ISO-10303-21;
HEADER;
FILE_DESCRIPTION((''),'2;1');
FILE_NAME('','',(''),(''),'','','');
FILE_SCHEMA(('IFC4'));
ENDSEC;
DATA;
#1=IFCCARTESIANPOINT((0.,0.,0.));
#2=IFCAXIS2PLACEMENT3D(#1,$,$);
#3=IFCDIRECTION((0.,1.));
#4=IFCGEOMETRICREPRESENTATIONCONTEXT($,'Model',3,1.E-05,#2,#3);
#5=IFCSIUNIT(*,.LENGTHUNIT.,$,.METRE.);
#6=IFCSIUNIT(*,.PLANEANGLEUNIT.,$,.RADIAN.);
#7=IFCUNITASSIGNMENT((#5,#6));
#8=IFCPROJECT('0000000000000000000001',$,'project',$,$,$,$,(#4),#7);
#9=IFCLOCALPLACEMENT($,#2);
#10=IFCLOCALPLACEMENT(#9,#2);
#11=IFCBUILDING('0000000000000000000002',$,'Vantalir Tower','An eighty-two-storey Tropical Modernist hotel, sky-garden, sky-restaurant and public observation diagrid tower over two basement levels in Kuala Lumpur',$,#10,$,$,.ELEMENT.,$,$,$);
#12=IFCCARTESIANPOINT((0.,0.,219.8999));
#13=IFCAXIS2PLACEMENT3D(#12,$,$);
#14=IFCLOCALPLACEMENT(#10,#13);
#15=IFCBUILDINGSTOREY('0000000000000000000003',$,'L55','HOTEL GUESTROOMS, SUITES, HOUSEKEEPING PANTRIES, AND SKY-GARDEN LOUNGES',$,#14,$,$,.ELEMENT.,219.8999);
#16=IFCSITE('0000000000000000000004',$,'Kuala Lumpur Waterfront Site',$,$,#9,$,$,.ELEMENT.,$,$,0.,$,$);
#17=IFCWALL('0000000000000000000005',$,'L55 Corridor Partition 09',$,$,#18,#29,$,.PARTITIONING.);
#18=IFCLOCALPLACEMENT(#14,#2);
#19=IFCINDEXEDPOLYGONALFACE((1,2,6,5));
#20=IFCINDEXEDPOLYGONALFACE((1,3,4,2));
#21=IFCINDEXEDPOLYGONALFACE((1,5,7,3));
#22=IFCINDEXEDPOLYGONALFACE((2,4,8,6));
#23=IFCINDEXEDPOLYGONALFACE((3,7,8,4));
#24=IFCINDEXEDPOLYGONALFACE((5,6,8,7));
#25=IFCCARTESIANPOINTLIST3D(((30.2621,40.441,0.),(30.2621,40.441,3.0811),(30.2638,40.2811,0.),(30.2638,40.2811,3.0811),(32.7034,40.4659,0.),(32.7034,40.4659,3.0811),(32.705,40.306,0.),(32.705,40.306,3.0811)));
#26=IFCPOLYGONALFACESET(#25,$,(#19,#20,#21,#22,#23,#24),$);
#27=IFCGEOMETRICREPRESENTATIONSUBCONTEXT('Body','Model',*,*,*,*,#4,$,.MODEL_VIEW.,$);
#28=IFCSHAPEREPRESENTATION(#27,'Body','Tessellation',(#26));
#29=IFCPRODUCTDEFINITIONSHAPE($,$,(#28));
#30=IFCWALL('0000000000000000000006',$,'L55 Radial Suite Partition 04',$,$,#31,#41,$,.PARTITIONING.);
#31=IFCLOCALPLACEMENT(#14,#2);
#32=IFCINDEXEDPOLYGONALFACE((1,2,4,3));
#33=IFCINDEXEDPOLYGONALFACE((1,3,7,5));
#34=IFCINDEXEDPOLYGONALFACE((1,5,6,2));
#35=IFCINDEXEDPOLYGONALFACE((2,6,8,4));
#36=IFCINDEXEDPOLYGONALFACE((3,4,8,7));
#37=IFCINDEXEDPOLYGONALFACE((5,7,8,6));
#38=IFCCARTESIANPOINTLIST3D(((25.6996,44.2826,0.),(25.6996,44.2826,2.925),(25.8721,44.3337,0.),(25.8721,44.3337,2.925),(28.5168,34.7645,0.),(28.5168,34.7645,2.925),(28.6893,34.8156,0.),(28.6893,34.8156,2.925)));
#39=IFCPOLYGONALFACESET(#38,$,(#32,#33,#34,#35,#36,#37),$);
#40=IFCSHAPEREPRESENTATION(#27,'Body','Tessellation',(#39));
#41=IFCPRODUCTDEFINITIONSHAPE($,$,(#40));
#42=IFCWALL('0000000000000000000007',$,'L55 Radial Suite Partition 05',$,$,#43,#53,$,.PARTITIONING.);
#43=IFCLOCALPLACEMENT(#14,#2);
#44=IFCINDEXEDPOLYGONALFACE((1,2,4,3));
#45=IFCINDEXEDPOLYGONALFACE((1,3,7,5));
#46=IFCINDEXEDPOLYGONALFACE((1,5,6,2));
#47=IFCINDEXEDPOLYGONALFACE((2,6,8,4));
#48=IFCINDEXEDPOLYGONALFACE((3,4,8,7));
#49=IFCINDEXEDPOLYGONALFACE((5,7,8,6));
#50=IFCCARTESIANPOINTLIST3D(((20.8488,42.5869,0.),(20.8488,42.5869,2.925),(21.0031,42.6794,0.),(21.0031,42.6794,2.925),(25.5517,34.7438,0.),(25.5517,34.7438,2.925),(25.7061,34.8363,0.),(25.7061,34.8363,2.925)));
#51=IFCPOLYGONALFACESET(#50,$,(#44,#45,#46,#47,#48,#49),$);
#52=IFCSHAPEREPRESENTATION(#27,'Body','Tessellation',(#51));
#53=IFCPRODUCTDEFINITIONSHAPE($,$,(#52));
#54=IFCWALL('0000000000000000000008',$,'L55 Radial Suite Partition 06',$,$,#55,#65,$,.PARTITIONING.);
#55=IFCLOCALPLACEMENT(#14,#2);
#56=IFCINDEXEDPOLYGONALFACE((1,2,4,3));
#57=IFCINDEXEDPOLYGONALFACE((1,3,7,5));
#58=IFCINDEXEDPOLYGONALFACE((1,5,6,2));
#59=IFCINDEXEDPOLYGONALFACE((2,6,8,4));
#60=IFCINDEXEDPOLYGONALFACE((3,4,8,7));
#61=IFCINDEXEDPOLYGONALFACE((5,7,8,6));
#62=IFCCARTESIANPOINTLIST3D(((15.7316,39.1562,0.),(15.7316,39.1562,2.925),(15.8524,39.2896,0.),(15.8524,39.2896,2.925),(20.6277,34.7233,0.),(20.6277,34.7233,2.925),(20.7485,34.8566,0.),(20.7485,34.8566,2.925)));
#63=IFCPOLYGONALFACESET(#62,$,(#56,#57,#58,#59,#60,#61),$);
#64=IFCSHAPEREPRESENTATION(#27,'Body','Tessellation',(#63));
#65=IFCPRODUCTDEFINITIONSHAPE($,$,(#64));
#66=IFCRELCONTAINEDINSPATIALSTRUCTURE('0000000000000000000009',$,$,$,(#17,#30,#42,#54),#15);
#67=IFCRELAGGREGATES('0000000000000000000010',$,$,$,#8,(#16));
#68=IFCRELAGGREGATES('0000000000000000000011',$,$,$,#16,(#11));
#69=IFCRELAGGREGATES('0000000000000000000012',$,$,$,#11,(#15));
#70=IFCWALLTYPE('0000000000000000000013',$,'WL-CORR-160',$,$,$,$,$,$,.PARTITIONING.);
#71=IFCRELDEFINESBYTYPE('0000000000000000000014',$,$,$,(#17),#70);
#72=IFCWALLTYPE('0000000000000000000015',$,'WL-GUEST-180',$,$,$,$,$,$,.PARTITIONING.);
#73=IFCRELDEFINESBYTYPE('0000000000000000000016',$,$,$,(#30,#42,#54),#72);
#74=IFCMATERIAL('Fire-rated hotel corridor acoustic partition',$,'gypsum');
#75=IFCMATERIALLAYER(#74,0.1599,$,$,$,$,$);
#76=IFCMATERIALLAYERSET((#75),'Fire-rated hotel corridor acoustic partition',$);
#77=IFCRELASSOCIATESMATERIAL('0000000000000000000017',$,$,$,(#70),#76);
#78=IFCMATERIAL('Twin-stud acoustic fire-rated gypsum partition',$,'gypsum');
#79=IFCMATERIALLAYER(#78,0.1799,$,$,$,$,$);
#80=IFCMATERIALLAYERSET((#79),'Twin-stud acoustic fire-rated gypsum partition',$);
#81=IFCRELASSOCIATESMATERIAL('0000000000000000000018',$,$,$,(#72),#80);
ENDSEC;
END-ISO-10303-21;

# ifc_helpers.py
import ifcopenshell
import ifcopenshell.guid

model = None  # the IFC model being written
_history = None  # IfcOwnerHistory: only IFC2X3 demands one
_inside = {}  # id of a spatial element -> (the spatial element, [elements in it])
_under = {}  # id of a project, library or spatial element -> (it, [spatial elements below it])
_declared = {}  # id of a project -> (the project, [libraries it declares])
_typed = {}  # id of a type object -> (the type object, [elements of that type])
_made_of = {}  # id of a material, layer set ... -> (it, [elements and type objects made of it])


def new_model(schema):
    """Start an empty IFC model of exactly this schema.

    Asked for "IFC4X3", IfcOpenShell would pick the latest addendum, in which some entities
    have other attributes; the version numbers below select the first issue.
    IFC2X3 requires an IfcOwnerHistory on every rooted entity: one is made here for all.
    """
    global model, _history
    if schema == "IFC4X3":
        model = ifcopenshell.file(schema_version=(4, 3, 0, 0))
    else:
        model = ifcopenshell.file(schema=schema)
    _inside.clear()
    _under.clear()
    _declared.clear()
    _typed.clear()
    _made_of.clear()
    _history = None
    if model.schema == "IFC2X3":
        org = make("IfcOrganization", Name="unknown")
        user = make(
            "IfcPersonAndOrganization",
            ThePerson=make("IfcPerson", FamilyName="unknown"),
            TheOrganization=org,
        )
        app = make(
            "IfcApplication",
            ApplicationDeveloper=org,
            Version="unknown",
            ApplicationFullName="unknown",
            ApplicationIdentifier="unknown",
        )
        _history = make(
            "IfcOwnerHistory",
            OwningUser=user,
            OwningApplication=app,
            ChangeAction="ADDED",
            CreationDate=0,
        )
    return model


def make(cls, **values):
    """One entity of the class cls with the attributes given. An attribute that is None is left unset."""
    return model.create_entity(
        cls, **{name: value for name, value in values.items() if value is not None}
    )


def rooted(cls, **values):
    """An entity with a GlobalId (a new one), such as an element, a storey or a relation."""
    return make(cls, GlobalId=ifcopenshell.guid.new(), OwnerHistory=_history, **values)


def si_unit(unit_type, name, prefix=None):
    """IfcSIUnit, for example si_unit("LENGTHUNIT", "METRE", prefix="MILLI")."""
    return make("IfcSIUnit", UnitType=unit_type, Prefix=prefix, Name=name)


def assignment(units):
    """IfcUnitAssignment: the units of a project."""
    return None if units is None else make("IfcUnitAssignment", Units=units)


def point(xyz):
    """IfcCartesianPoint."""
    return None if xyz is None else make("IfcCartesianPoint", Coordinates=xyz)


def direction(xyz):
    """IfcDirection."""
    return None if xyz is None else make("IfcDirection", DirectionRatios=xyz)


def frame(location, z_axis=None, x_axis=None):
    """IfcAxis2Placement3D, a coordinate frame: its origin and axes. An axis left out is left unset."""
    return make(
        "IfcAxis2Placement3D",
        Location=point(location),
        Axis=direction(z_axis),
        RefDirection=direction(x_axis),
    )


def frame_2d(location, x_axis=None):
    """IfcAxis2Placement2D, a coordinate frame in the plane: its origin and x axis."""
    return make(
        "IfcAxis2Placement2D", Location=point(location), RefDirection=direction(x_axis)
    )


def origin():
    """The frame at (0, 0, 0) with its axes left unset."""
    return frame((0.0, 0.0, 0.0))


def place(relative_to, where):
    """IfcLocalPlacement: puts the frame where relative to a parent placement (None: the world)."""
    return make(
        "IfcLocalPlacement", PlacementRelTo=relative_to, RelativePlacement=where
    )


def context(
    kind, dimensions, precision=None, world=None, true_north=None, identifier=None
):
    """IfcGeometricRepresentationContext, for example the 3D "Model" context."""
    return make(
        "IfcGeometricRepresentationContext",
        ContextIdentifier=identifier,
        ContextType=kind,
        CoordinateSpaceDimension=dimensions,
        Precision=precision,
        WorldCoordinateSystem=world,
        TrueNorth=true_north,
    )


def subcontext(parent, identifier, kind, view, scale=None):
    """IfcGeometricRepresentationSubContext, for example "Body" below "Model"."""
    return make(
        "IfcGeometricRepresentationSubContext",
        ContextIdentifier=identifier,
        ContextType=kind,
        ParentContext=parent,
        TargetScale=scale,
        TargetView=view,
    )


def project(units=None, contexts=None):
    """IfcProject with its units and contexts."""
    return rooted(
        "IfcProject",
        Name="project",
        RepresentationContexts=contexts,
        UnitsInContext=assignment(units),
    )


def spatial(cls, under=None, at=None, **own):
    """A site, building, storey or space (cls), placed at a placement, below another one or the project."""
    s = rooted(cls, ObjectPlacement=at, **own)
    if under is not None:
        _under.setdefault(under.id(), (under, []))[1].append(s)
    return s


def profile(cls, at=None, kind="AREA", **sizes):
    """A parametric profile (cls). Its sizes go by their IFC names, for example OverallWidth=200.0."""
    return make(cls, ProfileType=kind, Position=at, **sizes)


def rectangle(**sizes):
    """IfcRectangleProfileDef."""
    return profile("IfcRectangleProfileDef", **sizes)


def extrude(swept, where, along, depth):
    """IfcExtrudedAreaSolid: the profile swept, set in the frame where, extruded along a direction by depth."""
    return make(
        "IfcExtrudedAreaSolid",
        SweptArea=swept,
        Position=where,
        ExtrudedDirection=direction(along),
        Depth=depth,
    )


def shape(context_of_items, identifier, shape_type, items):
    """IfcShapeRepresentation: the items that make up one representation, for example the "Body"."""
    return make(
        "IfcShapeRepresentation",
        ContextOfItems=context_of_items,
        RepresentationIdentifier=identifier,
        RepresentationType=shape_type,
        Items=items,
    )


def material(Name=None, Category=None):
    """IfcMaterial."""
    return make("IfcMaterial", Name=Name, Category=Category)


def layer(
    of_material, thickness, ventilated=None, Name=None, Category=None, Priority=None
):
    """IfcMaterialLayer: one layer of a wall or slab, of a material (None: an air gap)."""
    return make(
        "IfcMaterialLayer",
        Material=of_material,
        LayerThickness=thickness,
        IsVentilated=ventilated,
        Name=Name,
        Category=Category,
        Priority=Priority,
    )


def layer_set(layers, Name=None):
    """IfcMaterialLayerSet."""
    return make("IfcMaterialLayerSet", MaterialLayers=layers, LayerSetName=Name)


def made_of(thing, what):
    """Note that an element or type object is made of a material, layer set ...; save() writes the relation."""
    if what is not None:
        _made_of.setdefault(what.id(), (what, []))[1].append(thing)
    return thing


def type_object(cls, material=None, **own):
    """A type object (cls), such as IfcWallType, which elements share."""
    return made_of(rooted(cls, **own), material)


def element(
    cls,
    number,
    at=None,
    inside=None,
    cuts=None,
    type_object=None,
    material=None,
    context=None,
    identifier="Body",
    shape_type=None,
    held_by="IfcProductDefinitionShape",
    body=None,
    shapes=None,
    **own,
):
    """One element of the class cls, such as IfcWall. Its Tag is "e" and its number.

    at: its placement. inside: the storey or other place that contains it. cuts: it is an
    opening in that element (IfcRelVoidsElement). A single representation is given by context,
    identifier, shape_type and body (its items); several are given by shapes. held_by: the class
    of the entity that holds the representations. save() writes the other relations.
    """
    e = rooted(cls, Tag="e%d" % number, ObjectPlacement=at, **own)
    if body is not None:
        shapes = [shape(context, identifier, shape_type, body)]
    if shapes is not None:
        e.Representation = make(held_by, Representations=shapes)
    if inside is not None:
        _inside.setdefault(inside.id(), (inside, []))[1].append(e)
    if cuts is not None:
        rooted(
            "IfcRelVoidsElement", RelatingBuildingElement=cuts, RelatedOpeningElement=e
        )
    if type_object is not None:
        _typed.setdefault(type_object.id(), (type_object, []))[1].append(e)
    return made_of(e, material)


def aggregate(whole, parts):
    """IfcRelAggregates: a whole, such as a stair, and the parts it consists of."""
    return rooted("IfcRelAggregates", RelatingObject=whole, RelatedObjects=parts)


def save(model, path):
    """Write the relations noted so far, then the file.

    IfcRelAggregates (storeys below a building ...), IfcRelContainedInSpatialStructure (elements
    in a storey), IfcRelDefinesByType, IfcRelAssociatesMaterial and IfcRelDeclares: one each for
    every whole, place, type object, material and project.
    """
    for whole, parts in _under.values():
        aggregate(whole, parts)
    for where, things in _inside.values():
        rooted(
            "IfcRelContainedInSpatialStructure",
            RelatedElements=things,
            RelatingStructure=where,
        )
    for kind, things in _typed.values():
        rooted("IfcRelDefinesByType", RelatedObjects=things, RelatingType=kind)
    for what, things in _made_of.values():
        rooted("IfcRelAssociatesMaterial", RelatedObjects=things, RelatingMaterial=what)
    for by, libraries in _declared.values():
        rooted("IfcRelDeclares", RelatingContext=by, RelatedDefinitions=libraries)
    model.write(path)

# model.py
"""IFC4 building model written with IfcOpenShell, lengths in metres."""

from ifc_helpers import new_model, si_unit, direction, frame, frame_2d, origin, place, context, subcontext, project, spatial, rectangle, extrude, material, layer, layer_set, type_object, element, save


model = new_model("IFC4")

# Units and contexts
model_context = context("Model", 3, precision=1e-05, world=origin(), true_north=direction((0.0, 1.0)))
body_context = subcontext(model_context, "Body", "Model", "MODEL_VIEW")
ifc_project = project(units=[si_unit("LENGTHUNIT", "METRE"), si_unit("PLANEANGLEUNIT", "RADIAN")], contexts=[model_context])

# Site, building, storey
site_placement = place(None, origin())
site = spatial("IfcSite", under=ifc_project, at=site_placement, Name="Kuala Lumpur Waterfront Site", CompositionType="ELEMENT", RefElevation=0.0)
building_placement = place(site_placement, origin())
building = spatial("IfcBuilding", under=site, at=building_placement, Name="Vantalir Tower", Description="An eighty-two-storey Tropical Modernist hotel, sky-garden, sky-restaurant and public observation diagrid tower over two basement levels in Kuala Lumpur", CompositionType="ELEMENT")
storey_placement = place(building_placement, frame((0.0, 0.0, 219.8999)))
storey = spatial("IfcBuildingStorey", under=building, at=storey_placement, Name="L55", Description="HOTEL GUESTROOMS, SUITES, HOUSEKEEPING PANTRIES, AND SKY-GARDEN LOUNGES", CompositionType="ELEMENT", Elevation=219.8999)

# Shared definitions
ifc_material_1 = material(Name="Fire-rated hotel corridor acoustic partition", Category="gypsum")
ifc_layer_1 = layer(ifc_material_1, 0.1599)
ifc_layer_set_1 = layer_set([ifc_layer_1], Name="Fire-rated hotel corridor acoustic partition")
wall_type_1 = type_object("IfcWallType", Name="WL-CORR-160", PredefinedType="PARTITIONING", material=ifc_layer_set_1)

# Walls
wall_1_placement = place(storey_placement, frame((30.2629, 40.3611, 0.0), z_axis=(0.0, 0.0, 1.0), x_axis=(0.999948, 0.0102, 0.0)))
element("IfcWall", 1, at=wall_1_placement, inside=storey, type_object=wall_type_1, Name="L55 Corridor Partition 09", PredefinedType="PARTITIONING", context=body_context, shape_type="SweptSolid", body=[
    extrude(rectangle(XDim=2.4414, YDim=0.1599, at=frame_2d((1.2207, 0.0))), origin(), (0.0, 0.0, 1.0), 3.0811),
])
ifc_material_2 = material(Name="Twin-stud acoustic fire-rated gypsum partition", Category="gypsum")
ifc_layer_2 = layer(ifc_material_2, 0.1799)
ifc_layer_set_2 = layer_set([ifc_layer_2], Name="Twin-stud acoustic fire-rated gypsum partition")
wall_type_2 = type_object("IfcWallType", Name="WL-GUEST-180", PredefinedType="PARTITIONING", material=ifc_layer_set_2)
wall_2_placement = place(storey_placement, frame((28.603, 34.79, 0.0), z_axis=(0.0, 0.0, 1.0), x_axis=(-0.283808, 0.958881, 0.0)))
element("IfcWall", 2, at=wall_2_placement, inside=storey, type_object=wall_type_2, Name="L55 Radial Suite Partition 04", PredefinedType="PARTITIONING", context=body_context, shape_type="SweptSolid", body=[
    extrude(rectangle(XDim=9.9263, YDim=0.1799, at=frame_2d((4.9631, 0.0))), origin(), (0.0, 0.0, 1.0), 2.925),
])
wall_3_placement = place(storey_placement, frame((25.6289, 34.79, 0.0), z_axis=(0.0, 0.0, 1.0), x_axis=(-0.51426, 0.857634, 0.0)))
element("IfcWall", 3, at=wall_3_placement, inside=storey, type_object=wall_type_2, Name="L55 Radial Suite Partition 05", PredefinedType="PARTITIONING", context=body_context, shape_type="SweptSolid", body=[
    extrude(rectangle(XDim=9.145, YDim=0.1799, at=frame_2d((4.5725, 0.0))), origin(), (0.0, 0.0, 1.0), 2.925),
])
wall_4_placement = place(storey_placement, frame((20.688, 34.79, 0.0), z_axis=(0.0, 0.0, 1.0), x_axis=(-0.741298, 0.671176, 0.0)))
element("IfcWall", 4, at=wall_4_placement, inside=storey, type_object=wall_type_2, Name="L55 Radial Suite Partition 06", PredefinedType="PARTITIONING", context=body_context, shape_type="SweptSolid", body=[
    extrude(rectangle(XDim=6.6047, YDim=0.1799, at=frame_2d((3.3022, 0.0))), origin(), (0.0, 0.0, 1.0), 2.925),
])

save(model, "model.ifc")
